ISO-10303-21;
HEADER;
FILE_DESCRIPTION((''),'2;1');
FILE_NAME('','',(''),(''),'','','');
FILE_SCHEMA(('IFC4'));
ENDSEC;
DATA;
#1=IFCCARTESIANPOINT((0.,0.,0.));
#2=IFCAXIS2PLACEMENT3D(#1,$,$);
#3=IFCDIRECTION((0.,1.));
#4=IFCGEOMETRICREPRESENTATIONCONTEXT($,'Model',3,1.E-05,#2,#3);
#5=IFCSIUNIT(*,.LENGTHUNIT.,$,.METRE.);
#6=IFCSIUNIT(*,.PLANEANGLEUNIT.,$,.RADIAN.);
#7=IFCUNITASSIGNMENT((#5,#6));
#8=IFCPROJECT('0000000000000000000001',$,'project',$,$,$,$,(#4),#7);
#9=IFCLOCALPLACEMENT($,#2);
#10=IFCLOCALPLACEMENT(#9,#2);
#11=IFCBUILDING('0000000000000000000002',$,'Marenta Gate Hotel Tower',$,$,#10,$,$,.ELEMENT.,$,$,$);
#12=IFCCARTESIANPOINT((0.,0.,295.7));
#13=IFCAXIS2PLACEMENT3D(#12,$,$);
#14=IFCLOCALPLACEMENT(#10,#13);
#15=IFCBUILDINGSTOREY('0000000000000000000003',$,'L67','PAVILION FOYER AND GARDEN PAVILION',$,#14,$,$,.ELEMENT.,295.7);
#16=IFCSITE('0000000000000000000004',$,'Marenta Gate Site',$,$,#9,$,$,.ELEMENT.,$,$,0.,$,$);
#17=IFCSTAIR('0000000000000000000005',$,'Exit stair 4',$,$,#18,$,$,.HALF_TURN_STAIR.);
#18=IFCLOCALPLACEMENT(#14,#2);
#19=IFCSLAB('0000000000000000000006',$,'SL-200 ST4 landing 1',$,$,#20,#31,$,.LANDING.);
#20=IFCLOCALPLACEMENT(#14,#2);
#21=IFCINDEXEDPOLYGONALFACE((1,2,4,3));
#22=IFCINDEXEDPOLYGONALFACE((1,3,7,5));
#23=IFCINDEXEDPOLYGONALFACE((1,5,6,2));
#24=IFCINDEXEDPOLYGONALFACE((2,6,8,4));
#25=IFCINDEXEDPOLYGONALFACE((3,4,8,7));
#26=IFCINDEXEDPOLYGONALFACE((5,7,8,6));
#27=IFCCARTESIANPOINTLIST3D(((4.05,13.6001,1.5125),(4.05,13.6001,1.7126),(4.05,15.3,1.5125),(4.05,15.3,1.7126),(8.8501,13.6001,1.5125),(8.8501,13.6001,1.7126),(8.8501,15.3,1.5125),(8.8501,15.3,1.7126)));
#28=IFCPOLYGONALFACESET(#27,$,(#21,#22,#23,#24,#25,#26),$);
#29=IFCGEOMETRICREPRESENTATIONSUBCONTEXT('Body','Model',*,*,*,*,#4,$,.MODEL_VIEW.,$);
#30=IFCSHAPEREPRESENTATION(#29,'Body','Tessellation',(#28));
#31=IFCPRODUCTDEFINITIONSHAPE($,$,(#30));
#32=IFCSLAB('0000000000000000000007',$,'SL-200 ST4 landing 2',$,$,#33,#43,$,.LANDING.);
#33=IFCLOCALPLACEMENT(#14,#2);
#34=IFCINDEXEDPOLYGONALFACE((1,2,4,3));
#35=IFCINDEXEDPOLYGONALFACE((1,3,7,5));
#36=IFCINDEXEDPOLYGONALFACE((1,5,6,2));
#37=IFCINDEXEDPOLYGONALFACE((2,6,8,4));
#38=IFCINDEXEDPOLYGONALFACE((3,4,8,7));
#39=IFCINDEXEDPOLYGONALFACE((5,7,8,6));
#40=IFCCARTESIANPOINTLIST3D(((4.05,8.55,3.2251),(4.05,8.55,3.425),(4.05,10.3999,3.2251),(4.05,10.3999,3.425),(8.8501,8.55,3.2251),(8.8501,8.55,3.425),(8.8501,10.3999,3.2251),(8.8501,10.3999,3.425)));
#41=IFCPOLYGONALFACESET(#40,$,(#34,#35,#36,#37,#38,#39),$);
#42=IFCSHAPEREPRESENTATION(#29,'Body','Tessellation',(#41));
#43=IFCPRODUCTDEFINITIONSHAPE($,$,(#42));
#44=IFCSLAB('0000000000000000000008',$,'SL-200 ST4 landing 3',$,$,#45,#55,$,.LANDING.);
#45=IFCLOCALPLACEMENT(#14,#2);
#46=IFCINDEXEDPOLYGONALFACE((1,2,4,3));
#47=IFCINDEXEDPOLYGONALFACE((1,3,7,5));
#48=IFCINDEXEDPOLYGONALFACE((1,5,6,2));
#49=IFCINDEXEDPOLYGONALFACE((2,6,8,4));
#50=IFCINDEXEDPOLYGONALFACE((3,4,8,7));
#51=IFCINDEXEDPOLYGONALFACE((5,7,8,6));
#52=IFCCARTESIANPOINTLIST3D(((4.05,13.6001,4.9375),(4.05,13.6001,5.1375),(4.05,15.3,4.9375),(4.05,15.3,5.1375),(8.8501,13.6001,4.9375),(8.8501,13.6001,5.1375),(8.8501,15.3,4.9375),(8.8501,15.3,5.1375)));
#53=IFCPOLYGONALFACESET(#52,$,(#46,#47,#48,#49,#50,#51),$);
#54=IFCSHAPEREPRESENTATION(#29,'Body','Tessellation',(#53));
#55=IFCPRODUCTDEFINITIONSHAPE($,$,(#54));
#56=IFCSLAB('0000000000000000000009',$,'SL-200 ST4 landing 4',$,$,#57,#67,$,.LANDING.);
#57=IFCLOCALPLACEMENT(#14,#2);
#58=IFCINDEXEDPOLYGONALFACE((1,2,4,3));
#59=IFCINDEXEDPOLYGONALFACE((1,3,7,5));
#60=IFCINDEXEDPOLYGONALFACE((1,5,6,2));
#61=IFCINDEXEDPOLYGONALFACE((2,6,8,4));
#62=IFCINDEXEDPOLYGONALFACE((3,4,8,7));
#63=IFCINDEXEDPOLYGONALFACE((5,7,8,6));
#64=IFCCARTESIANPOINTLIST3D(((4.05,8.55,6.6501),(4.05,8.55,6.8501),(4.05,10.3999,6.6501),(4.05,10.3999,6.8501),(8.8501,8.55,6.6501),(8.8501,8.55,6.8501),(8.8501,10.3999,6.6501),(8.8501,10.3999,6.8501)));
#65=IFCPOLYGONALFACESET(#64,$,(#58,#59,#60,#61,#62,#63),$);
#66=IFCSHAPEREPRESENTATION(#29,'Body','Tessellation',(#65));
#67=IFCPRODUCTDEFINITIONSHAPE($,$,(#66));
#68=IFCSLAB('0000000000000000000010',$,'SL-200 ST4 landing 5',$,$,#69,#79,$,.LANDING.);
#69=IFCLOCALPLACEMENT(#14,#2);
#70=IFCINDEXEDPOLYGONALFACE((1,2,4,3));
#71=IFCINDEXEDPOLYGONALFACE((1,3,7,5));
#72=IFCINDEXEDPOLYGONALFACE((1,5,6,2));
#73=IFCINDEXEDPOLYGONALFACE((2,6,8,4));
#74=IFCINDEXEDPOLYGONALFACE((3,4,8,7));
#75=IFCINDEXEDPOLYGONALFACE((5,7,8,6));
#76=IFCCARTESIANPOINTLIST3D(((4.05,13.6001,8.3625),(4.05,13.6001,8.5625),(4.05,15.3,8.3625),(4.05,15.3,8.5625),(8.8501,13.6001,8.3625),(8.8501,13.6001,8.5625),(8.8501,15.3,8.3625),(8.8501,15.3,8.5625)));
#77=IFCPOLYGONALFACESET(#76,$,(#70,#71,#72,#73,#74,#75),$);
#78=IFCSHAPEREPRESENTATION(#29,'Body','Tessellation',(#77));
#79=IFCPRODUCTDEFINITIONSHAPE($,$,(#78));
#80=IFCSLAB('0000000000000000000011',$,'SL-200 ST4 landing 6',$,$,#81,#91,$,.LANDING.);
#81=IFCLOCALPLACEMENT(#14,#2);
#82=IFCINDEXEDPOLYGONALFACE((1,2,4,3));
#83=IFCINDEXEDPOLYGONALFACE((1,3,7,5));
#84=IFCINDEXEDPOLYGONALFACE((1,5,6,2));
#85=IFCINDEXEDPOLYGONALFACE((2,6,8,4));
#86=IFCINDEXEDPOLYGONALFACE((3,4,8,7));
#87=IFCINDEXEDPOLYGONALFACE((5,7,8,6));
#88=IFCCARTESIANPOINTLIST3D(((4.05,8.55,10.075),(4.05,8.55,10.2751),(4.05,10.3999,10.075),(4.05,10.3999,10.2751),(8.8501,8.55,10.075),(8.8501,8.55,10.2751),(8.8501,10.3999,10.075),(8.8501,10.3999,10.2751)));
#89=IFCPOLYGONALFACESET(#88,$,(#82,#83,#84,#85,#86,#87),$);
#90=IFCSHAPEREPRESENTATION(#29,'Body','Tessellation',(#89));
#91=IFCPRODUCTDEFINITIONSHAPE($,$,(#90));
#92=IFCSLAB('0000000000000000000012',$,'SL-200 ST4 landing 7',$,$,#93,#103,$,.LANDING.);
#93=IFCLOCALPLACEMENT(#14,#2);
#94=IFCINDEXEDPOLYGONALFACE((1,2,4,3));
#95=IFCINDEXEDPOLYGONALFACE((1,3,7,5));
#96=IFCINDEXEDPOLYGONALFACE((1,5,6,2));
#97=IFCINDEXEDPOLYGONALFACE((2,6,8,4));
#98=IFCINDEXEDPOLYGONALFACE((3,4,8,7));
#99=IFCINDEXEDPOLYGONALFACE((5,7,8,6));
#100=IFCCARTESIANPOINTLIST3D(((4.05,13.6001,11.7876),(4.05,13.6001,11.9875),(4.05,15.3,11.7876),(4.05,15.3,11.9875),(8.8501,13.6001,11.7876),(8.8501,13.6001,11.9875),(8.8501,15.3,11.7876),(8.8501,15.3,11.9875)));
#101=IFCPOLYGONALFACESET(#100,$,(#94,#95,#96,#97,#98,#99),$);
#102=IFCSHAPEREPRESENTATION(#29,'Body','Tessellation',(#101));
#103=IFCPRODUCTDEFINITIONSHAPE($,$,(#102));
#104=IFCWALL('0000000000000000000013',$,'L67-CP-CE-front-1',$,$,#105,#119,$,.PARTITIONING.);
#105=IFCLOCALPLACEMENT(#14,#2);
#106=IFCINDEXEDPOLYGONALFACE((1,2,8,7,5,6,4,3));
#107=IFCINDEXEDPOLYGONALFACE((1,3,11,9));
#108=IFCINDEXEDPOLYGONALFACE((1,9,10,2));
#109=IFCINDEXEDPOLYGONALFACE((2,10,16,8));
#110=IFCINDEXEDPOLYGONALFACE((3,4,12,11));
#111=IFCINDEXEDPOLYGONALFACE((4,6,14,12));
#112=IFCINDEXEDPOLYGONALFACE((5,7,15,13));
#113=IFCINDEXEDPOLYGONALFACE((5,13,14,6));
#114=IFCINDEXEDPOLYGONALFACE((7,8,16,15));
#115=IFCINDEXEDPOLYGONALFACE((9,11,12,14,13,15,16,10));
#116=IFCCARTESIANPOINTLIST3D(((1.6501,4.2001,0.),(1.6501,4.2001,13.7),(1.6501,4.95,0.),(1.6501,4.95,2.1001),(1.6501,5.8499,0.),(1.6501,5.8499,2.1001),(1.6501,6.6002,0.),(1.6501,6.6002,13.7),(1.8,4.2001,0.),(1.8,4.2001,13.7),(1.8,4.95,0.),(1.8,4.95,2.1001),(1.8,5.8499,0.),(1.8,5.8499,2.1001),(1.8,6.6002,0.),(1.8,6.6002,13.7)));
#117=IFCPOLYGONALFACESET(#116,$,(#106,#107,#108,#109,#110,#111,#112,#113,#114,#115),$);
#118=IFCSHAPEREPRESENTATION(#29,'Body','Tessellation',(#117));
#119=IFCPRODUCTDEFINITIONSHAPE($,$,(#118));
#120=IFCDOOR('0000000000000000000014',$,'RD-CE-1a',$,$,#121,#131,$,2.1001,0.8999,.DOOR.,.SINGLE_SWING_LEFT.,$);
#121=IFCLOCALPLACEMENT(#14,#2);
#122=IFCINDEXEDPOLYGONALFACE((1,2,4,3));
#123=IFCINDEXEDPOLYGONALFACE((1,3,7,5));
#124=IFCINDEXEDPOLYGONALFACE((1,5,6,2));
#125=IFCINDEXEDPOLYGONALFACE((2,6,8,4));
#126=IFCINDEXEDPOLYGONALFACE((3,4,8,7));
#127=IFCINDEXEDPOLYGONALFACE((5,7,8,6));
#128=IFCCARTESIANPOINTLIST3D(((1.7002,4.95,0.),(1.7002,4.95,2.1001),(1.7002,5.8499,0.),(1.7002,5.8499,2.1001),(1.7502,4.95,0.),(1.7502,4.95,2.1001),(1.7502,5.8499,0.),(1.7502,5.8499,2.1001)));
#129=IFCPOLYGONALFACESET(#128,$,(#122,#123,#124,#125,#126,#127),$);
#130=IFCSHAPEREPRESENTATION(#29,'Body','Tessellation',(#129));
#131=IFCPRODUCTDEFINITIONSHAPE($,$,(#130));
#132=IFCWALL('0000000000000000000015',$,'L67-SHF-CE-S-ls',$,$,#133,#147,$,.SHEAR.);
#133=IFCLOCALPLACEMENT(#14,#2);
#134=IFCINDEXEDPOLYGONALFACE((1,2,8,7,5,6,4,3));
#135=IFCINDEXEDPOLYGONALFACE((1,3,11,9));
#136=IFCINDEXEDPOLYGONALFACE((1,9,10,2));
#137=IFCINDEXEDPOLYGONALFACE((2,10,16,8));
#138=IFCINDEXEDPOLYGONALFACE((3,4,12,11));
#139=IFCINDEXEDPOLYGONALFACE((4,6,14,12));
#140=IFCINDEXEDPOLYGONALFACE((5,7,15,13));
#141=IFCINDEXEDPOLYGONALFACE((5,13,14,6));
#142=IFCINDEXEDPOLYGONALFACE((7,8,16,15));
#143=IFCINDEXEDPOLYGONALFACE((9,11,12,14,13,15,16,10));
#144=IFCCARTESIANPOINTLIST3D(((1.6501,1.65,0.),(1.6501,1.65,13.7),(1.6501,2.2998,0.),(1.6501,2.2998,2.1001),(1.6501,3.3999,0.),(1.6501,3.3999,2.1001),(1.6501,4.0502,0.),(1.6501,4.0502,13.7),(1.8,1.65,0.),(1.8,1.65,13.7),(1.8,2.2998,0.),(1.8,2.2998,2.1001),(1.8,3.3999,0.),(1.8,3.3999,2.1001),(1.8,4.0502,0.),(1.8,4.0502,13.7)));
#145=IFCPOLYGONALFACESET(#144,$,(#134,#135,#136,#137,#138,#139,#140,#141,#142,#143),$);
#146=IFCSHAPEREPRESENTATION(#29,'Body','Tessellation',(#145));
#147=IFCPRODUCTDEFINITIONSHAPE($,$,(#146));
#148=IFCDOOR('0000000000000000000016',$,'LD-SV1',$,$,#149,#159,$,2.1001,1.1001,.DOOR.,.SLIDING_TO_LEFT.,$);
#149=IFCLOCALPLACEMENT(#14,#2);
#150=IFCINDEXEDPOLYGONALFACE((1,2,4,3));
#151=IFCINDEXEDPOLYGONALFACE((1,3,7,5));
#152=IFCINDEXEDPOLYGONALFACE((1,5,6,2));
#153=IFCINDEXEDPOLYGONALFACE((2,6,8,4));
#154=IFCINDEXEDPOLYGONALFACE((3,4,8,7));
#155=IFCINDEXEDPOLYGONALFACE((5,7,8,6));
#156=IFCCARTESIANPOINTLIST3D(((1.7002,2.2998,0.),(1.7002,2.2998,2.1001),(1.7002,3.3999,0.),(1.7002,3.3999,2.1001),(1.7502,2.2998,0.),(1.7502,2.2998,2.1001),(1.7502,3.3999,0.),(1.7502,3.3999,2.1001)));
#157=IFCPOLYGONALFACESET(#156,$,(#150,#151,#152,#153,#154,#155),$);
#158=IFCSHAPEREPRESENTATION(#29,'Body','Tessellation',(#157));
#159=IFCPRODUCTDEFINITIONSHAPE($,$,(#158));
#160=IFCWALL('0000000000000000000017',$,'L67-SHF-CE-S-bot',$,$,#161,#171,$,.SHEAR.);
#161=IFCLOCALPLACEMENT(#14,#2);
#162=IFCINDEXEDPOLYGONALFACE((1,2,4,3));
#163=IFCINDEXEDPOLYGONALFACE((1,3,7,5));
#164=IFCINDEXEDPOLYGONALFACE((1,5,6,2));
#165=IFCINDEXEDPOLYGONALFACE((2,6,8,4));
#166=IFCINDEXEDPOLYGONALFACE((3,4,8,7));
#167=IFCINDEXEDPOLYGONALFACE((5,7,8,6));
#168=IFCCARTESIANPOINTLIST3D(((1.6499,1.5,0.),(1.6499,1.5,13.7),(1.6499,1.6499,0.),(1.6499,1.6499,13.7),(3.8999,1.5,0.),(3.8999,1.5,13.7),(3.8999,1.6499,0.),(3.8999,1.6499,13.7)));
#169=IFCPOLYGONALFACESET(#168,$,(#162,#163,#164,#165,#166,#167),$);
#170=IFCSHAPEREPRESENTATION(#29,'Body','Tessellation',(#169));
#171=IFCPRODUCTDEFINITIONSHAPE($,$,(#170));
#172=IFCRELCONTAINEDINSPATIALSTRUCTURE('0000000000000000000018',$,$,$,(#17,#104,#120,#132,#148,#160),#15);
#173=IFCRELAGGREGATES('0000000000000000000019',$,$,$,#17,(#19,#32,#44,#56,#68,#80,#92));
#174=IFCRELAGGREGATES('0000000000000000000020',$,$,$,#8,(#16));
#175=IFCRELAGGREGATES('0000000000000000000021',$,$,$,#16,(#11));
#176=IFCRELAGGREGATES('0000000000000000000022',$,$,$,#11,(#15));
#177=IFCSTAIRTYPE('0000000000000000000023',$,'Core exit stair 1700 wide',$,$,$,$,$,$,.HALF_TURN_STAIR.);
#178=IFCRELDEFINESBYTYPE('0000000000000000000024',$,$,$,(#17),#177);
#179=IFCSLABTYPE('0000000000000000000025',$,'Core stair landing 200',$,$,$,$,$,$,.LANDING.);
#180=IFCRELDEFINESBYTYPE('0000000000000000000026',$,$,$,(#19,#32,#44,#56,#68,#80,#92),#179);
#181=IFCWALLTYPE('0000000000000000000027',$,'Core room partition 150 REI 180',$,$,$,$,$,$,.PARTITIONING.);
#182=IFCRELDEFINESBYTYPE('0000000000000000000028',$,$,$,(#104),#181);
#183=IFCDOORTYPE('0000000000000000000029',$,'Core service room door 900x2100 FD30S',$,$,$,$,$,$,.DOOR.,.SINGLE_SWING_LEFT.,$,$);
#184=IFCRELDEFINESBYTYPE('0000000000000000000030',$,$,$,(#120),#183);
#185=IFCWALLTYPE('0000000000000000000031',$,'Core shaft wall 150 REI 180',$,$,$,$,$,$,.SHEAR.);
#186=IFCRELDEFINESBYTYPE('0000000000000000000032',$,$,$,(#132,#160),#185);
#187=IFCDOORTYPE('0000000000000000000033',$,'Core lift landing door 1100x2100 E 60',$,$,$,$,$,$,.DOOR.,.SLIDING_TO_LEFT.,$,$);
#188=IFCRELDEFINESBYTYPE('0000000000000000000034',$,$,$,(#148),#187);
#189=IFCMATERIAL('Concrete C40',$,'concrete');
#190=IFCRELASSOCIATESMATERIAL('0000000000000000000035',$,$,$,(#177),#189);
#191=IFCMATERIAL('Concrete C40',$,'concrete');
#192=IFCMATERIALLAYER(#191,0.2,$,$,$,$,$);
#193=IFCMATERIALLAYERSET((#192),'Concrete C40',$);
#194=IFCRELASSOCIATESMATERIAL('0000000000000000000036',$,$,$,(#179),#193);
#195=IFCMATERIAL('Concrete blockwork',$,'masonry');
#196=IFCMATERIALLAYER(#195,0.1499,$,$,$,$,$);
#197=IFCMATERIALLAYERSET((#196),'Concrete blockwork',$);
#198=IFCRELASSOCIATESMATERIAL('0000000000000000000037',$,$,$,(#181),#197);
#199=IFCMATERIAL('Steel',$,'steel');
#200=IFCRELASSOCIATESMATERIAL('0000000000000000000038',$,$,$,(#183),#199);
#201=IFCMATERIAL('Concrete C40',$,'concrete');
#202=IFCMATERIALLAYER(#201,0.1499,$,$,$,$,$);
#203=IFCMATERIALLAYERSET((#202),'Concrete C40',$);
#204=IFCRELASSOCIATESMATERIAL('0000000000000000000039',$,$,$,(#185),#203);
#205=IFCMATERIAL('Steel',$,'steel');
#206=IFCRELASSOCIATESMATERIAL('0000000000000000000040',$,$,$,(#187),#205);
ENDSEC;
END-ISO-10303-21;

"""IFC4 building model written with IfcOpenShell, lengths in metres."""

from ifc_helpers import new_model, si_unit, direction, frame, frame_2d, origin, place, context, subcontext, project, spatial, polyline, rectangle, outline, extrude, material, layer, layer_set, type_object, element, fill, aggregate, save


model = new_model("IFC4")

# Units and contexts
model_context = context("Model", 3, precision=1e-05, world=origin(), true_north=direction((0.0, 1.0)))
body_context = subcontext(model_context, "Body", "Model", "MODEL_VIEW")
ifc_project = project(units=[si_unit("LENGTHUNIT", "METRE"), si_unit("PLANEANGLEUNIT", "RADIAN")], contexts=[model_context])

# Site, building, storey
site_placement = place(None, origin())
site = spatial("IfcSite", under=ifc_project, at=site_placement, Name="Marenta Gate Site", CompositionType="ELEMENT", RefElevation=0.0)
building_placement = place(site_placement, origin())
building = spatial("IfcBuilding", under=site, at=building_placement, Name="Marenta Gate Hotel Tower", CompositionType="ELEMENT")
storey_placement = place(building_placement, frame((0.0, 0.0, 295.7)))
storey = spatial("IfcBuildingStorey", under=building, at=storey_placement, Name="L67", Description="PAVILION FOYER AND GARDEN PAVILION", CompositionType="ELEMENT", Elevation=295.7)

# Shared definitions
ifc_material_1 = material(Name="Concrete C40", Category="concrete")
stair_type = type_object("IfcStairType", Name="Core exit stair 1700 wide", PredefinedType="HALF_TURN_STAIR", material=ifc_material_1)
ifc_material_2 = material(Name="Concrete C40", Category="concrete")
ifc_layer_1 = layer(ifc_material_2, 0.2)
ifc_layer_set_1 = layer_set([ifc_layer_1], Name="Concrete C40")
slab_type = type_object("IfcSlabType", Name="Core stair landing 200", PredefinedType="LANDING", material=ifc_layer_set_1)

# Stair, slabs
stair_1_placement = place(storey_placement, origin())
stair_1 = element("IfcStair", 1, at=stair_1_placement, inside=storey, type_object=stair_type, Name="Exit stair 4", PredefinedType="HALF_TURN_STAIR")
slab_1_placement = place(storey_placement, frame((0.0, 0.0, 1.5125)))
slab_1 = element("IfcSlab", 2, at=slab_1_placement, type_object=slab_type, Name="SL-200 ST4 landing 1", PredefinedType="LANDING", context=body_context, shape_type="SweptSolid", body=[
    extrude(outline(polyline([(4.05, 13.6001), (8.8501, 13.6001), (8.8501, 15.3), (4.05, 15.3), (4.05, 13.6001)])), origin(), (0.0, 0.0, 1.0), 0.2002),
])
slab_2_placement = place(storey_placement, frame((0.0, 0.0, 3.2251)))
slab_2 = element("IfcSlab", 3, at=slab_2_placement, type_object=slab_type, Name="SL-200 ST4 landing 2", PredefinedType="LANDING", context=body_context, shape_type="SweptSolid", body=[
    extrude(outline(polyline([(4.05, 8.55), (8.8501, 8.55), (8.8501, 10.3999), (4.05, 10.3999), (4.05, 8.55)])), origin(), (0.0, 0.0, 1.0), 0.2),
])
slab_3_placement = place(storey_placement, frame((0.0, 0.0, 4.9375)))
slab_3 = element("IfcSlab", 4, at=slab_3_placement, type_object=slab_type, Name="SL-200 ST4 landing 3", PredefinedType="LANDING", context=body_context, shape_type="SweptSolid", body=[
    extrude(outline(polyline([(4.05, 13.6001), (8.8501, 13.6001), (8.8501, 15.3), (4.05, 15.3), (4.05, 13.6001)])), origin(), (0.0, 0.0, 1.0), 0.2),
])
slab_4_placement = place(storey_placement, frame((0.0, 0.0, 6.6501)))
slab_4 = element("IfcSlab", 5, at=slab_4_placement, type_object=slab_type, Name="SL-200 ST4 landing 4", PredefinedType="LANDING", context=body_context, shape_type="SweptSolid", body=[
    extrude(outline(polyline([(4.05, 8.55), (8.8501, 8.55), (8.8501, 10.3999), (4.05, 10.3999), (4.05, 8.55)])), origin(), (0.0, 0.0, 1.0), 0.2),
])
slab_5_placement = place(storey_placement, frame((0.0, 0.0, 8.3625)))
slab_5 = element("IfcSlab", 6, at=slab_5_placement, type_object=slab_type, Name="SL-200 ST4 landing 5", PredefinedType="LANDING", context=body_context, shape_type="SweptSolid", body=[
    extrude(outline(polyline([(4.05, 13.6001), (8.8501, 13.6001), (8.8501, 15.3), (4.05, 15.3), (4.05, 13.6001)])), origin(), (0.0, 0.0, 1.0), 0.2),
])
slab_6_placement = place(storey_placement, frame((0.0, 0.0, 10.075)))
slab_6 = element("IfcSlab", 7, at=slab_6_placement, type_object=slab_type, Name="SL-200 ST4 landing 6", PredefinedType="LANDING", context=body_context, shape_type="SweptSolid", body=[
    extrude(outline(polyline([(4.05, 8.55), (8.8501, 8.55), (8.8501, 10.3999), (4.05, 10.3999), (4.05, 8.55)])), origin(), (0.0, 0.0, 1.0), 0.2002),
])
slab_7_placement = place(storey_placement, frame((0.0, 0.0, 11.7876)))
slab_7 = element("IfcSlab", 8, at=slab_7_placement, type_object=slab_type, Name="SL-200 ST4 landing 7", PredefinedType="LANDING", context=body_context, shape_type="SweptSolid", body=[
    extrude(outline(polyline([(4.05, 13.6001), (8.8501, 13.6001), (8.8501, 15.3), (4.05, 15.3), (4.05, 13.6001)])), origin(), (0.0, 0.0, 1.0), 0.2),
])
aggregate(stair_1, [slab_1, slab_2, slab_3, slab_4, slab_5, slab_6, slab_7])

# Walls, openings, doors
ifc_material_3 = material(Name="Concrete blockwork", Category="masonry")
ifc_layer_2 = layer(ifc_material_3, 0.1499)
ifc_layer_set_2 = layer_set([ifc_layer_2], Name="Concrete blockwork")
wall_type_1 = type_object("IfcWallType", Name="Core room partition 150 REI 180", PredefinedType="PARTITIONING", material=ifc_layer_set_2)
wall_1_placement = place(storey_placement, frame((1.7251, 4.2, 0.0), z_axis=(0.0, 0.0, 1.0), x_axis=(0.0, 1.0, 0.0)))
wall_1 = element("IfcWall", 9, at=wall_1_placement, inside=storey, type_object=wall_type_1, Name="L67-CP-CE-front-1", PredefinedType="PARTITIONING", context=body_context, shape_type="SweptSolid", body=[
    extrude(rectangle(XDim=2.4001, YDim=0.1499, at=frame_2d((1.2002, 0.0))), origin(), (0.0, 0.0, 1.0), 13.7),
])
opening_1_placement = place(wall_1_placement, frame((0.75, 0.0, 0.0)))
opening_1 = element("IfcOpeningElement", 10, at=opening_1_placement, cuts=wall_1, PredefinedType="OPENING", context=body_context, shape_type="SweptSolid", body=[
    extrude(rectangle(XDim=0.8999, YDim=2.1001, at=frame_2d((0.45, 1.05))), frame((0.0, 0.075, 0.0), z_axis=(0.0, -1.0, 0.0), x_axis=(1.0, 0.0, 0.0)), (0.0, 0.0, 1.0), 0.1499),
])
ifc_material_4 = material(Name="Steel", Category="steel")
door_type_1 = type_object("IfcDoorType", Name="Core service room door 900x2100 FD30S", OperationType="SINGLE_SWING_LEFT", PredefinedType="DOOR", material=ifc_material_4)
door_1_placement = place(opening_1_placement, origin())
door_1 = element("IfcDoor", 11, at=door_1_placement, inside=storey, type_object=door_type_1, Name="RD-CE-1a", OperationType="SINGLE_SWING_LEFT", OverallHeight=2.1001, OverallWidth=0.8999, PredefinedType="DOOR", context=body_context, shape_type="SweptSolid", body=[
    extrude(rectangle(XDim=0.8999, YDim=2.1001, at=frame_2d((0.45, 1.05))), frame((0.0, 0.0249, 0.0), z_axis=(0.0, -1.0, 0.0), x_axis=(1.0, 0.0, 0.0)), (0.0, 0.0, 1.0), 0.05),
])
fill(opening_1, door_1)
ifc_material_5 = material(Name="Concrete C40", Category="concrete")
ifc_layer_3 = layer(ifc_material_5, 0.1499)
ifc_layer_set_3 = layer_set([ifc_layer_3], Name="Concrete C40")
wall_type_2 = type_object("IfcWallType", Name="Core shaft wall 150 REI 180", PredefinedType="SHEAR", material=ifc_layer_set_3)
wall_2_placement = place(storey_placement, frame((1.7251, 1.6499, 0.0), z_axis=(0.0, 0.0, 1.0), x_axis=(0.0, 1.0, 0.0)))
wall_2 = element("IfcWall", 12, at=wall_2_placement, inside=storey, type_object=wall_type_2, Name="L67-SHF-CE-S-ls", PredefinedType="SHEAR", context=body_context, shape_type="SweptSolid", body=[
    extrude(rectangle(XDim=2.4001, YDim=0.1499, at=frame_2d((1.2002, 0.0))), origin(), (0.0, 0.0, 1.0), 13.7),
])
opening_2_placement = place(wall_2_placement, frame((0.6499, 0.0, 0.0)))
opening_2 = element("IfcOpeningElement", 13, at=opening_2_placement, cuts=wall_2, PredefinedType="OPENING", context=body_context, shape_type="SweptSolid", body=[
    extrude(rectangle(XDim=1.1001, YDim=2.1001, at=frame_2d((0.55, 1.05))), frame((0.0, 0.075, 0.0), z_axis=(0.0, -1.0, 0.0), x_axis=(1.0, 0.0, 0.0)), (0.0, 0.0, 1.0), 0.1499),
])
ifc_material_6 = material(Name="Steel", Category="steel")
door_type_2 = type_object("IfcDoorType", Name="Core lift landing door 1100x2100 E 60", OperationType="SLIDING_TO_LEFT", PredefinedType="DOOR", material=ifc_material_6)
door_2_placement = place(opening_2_placement, origin())
door_2 = element("IfcDoor", 14, at=door_2_placement, inside=storey, type_object=door_type_2, Name="LD-SV1", OperationType="SLIDING_TO_LEFT", OverallHeight=2.1001, OverallWidth=1.1001, PredefinedType="DOOR", context=body_context, shape_type="SweptSolid", body=[
    extrude(rectangle(XDim=1.1001, YDim=2.1001, at=frame_2d((0.55, 1.05))), frame((0.0, 0.0249, 0.0), z_axis=(0.0, -1.0, 0.0), x_axis=(1.0, 0.0, 0.0)), (0.0, 0.0, 1.0), 0.05),
])
fill(opening_2, door_2)

# Wall
wall_3_placement = place(storey_placement, frame((1.6499, 1.575, 0.0), z_axis=(0.0, 0.0, 1.0), x_axis=(1.0, 0.0, 0.0)))
element("IfcWall", 15, at=wall_3_placement, inside=storey, type_object=wall_type_2, Name="L67-SHF-CE-S-bot", PredefinedType="SHEAR", context=body_context, shape_type="SweptSolid", body=[
    extrude(rectangle(XDim=2.25, YDim=0.1499, at=frame_2d((1.125, 0.0))), origin(), (0.0, 0.0, 1.0), 13.7),
])

save(model, "model.ifc")
